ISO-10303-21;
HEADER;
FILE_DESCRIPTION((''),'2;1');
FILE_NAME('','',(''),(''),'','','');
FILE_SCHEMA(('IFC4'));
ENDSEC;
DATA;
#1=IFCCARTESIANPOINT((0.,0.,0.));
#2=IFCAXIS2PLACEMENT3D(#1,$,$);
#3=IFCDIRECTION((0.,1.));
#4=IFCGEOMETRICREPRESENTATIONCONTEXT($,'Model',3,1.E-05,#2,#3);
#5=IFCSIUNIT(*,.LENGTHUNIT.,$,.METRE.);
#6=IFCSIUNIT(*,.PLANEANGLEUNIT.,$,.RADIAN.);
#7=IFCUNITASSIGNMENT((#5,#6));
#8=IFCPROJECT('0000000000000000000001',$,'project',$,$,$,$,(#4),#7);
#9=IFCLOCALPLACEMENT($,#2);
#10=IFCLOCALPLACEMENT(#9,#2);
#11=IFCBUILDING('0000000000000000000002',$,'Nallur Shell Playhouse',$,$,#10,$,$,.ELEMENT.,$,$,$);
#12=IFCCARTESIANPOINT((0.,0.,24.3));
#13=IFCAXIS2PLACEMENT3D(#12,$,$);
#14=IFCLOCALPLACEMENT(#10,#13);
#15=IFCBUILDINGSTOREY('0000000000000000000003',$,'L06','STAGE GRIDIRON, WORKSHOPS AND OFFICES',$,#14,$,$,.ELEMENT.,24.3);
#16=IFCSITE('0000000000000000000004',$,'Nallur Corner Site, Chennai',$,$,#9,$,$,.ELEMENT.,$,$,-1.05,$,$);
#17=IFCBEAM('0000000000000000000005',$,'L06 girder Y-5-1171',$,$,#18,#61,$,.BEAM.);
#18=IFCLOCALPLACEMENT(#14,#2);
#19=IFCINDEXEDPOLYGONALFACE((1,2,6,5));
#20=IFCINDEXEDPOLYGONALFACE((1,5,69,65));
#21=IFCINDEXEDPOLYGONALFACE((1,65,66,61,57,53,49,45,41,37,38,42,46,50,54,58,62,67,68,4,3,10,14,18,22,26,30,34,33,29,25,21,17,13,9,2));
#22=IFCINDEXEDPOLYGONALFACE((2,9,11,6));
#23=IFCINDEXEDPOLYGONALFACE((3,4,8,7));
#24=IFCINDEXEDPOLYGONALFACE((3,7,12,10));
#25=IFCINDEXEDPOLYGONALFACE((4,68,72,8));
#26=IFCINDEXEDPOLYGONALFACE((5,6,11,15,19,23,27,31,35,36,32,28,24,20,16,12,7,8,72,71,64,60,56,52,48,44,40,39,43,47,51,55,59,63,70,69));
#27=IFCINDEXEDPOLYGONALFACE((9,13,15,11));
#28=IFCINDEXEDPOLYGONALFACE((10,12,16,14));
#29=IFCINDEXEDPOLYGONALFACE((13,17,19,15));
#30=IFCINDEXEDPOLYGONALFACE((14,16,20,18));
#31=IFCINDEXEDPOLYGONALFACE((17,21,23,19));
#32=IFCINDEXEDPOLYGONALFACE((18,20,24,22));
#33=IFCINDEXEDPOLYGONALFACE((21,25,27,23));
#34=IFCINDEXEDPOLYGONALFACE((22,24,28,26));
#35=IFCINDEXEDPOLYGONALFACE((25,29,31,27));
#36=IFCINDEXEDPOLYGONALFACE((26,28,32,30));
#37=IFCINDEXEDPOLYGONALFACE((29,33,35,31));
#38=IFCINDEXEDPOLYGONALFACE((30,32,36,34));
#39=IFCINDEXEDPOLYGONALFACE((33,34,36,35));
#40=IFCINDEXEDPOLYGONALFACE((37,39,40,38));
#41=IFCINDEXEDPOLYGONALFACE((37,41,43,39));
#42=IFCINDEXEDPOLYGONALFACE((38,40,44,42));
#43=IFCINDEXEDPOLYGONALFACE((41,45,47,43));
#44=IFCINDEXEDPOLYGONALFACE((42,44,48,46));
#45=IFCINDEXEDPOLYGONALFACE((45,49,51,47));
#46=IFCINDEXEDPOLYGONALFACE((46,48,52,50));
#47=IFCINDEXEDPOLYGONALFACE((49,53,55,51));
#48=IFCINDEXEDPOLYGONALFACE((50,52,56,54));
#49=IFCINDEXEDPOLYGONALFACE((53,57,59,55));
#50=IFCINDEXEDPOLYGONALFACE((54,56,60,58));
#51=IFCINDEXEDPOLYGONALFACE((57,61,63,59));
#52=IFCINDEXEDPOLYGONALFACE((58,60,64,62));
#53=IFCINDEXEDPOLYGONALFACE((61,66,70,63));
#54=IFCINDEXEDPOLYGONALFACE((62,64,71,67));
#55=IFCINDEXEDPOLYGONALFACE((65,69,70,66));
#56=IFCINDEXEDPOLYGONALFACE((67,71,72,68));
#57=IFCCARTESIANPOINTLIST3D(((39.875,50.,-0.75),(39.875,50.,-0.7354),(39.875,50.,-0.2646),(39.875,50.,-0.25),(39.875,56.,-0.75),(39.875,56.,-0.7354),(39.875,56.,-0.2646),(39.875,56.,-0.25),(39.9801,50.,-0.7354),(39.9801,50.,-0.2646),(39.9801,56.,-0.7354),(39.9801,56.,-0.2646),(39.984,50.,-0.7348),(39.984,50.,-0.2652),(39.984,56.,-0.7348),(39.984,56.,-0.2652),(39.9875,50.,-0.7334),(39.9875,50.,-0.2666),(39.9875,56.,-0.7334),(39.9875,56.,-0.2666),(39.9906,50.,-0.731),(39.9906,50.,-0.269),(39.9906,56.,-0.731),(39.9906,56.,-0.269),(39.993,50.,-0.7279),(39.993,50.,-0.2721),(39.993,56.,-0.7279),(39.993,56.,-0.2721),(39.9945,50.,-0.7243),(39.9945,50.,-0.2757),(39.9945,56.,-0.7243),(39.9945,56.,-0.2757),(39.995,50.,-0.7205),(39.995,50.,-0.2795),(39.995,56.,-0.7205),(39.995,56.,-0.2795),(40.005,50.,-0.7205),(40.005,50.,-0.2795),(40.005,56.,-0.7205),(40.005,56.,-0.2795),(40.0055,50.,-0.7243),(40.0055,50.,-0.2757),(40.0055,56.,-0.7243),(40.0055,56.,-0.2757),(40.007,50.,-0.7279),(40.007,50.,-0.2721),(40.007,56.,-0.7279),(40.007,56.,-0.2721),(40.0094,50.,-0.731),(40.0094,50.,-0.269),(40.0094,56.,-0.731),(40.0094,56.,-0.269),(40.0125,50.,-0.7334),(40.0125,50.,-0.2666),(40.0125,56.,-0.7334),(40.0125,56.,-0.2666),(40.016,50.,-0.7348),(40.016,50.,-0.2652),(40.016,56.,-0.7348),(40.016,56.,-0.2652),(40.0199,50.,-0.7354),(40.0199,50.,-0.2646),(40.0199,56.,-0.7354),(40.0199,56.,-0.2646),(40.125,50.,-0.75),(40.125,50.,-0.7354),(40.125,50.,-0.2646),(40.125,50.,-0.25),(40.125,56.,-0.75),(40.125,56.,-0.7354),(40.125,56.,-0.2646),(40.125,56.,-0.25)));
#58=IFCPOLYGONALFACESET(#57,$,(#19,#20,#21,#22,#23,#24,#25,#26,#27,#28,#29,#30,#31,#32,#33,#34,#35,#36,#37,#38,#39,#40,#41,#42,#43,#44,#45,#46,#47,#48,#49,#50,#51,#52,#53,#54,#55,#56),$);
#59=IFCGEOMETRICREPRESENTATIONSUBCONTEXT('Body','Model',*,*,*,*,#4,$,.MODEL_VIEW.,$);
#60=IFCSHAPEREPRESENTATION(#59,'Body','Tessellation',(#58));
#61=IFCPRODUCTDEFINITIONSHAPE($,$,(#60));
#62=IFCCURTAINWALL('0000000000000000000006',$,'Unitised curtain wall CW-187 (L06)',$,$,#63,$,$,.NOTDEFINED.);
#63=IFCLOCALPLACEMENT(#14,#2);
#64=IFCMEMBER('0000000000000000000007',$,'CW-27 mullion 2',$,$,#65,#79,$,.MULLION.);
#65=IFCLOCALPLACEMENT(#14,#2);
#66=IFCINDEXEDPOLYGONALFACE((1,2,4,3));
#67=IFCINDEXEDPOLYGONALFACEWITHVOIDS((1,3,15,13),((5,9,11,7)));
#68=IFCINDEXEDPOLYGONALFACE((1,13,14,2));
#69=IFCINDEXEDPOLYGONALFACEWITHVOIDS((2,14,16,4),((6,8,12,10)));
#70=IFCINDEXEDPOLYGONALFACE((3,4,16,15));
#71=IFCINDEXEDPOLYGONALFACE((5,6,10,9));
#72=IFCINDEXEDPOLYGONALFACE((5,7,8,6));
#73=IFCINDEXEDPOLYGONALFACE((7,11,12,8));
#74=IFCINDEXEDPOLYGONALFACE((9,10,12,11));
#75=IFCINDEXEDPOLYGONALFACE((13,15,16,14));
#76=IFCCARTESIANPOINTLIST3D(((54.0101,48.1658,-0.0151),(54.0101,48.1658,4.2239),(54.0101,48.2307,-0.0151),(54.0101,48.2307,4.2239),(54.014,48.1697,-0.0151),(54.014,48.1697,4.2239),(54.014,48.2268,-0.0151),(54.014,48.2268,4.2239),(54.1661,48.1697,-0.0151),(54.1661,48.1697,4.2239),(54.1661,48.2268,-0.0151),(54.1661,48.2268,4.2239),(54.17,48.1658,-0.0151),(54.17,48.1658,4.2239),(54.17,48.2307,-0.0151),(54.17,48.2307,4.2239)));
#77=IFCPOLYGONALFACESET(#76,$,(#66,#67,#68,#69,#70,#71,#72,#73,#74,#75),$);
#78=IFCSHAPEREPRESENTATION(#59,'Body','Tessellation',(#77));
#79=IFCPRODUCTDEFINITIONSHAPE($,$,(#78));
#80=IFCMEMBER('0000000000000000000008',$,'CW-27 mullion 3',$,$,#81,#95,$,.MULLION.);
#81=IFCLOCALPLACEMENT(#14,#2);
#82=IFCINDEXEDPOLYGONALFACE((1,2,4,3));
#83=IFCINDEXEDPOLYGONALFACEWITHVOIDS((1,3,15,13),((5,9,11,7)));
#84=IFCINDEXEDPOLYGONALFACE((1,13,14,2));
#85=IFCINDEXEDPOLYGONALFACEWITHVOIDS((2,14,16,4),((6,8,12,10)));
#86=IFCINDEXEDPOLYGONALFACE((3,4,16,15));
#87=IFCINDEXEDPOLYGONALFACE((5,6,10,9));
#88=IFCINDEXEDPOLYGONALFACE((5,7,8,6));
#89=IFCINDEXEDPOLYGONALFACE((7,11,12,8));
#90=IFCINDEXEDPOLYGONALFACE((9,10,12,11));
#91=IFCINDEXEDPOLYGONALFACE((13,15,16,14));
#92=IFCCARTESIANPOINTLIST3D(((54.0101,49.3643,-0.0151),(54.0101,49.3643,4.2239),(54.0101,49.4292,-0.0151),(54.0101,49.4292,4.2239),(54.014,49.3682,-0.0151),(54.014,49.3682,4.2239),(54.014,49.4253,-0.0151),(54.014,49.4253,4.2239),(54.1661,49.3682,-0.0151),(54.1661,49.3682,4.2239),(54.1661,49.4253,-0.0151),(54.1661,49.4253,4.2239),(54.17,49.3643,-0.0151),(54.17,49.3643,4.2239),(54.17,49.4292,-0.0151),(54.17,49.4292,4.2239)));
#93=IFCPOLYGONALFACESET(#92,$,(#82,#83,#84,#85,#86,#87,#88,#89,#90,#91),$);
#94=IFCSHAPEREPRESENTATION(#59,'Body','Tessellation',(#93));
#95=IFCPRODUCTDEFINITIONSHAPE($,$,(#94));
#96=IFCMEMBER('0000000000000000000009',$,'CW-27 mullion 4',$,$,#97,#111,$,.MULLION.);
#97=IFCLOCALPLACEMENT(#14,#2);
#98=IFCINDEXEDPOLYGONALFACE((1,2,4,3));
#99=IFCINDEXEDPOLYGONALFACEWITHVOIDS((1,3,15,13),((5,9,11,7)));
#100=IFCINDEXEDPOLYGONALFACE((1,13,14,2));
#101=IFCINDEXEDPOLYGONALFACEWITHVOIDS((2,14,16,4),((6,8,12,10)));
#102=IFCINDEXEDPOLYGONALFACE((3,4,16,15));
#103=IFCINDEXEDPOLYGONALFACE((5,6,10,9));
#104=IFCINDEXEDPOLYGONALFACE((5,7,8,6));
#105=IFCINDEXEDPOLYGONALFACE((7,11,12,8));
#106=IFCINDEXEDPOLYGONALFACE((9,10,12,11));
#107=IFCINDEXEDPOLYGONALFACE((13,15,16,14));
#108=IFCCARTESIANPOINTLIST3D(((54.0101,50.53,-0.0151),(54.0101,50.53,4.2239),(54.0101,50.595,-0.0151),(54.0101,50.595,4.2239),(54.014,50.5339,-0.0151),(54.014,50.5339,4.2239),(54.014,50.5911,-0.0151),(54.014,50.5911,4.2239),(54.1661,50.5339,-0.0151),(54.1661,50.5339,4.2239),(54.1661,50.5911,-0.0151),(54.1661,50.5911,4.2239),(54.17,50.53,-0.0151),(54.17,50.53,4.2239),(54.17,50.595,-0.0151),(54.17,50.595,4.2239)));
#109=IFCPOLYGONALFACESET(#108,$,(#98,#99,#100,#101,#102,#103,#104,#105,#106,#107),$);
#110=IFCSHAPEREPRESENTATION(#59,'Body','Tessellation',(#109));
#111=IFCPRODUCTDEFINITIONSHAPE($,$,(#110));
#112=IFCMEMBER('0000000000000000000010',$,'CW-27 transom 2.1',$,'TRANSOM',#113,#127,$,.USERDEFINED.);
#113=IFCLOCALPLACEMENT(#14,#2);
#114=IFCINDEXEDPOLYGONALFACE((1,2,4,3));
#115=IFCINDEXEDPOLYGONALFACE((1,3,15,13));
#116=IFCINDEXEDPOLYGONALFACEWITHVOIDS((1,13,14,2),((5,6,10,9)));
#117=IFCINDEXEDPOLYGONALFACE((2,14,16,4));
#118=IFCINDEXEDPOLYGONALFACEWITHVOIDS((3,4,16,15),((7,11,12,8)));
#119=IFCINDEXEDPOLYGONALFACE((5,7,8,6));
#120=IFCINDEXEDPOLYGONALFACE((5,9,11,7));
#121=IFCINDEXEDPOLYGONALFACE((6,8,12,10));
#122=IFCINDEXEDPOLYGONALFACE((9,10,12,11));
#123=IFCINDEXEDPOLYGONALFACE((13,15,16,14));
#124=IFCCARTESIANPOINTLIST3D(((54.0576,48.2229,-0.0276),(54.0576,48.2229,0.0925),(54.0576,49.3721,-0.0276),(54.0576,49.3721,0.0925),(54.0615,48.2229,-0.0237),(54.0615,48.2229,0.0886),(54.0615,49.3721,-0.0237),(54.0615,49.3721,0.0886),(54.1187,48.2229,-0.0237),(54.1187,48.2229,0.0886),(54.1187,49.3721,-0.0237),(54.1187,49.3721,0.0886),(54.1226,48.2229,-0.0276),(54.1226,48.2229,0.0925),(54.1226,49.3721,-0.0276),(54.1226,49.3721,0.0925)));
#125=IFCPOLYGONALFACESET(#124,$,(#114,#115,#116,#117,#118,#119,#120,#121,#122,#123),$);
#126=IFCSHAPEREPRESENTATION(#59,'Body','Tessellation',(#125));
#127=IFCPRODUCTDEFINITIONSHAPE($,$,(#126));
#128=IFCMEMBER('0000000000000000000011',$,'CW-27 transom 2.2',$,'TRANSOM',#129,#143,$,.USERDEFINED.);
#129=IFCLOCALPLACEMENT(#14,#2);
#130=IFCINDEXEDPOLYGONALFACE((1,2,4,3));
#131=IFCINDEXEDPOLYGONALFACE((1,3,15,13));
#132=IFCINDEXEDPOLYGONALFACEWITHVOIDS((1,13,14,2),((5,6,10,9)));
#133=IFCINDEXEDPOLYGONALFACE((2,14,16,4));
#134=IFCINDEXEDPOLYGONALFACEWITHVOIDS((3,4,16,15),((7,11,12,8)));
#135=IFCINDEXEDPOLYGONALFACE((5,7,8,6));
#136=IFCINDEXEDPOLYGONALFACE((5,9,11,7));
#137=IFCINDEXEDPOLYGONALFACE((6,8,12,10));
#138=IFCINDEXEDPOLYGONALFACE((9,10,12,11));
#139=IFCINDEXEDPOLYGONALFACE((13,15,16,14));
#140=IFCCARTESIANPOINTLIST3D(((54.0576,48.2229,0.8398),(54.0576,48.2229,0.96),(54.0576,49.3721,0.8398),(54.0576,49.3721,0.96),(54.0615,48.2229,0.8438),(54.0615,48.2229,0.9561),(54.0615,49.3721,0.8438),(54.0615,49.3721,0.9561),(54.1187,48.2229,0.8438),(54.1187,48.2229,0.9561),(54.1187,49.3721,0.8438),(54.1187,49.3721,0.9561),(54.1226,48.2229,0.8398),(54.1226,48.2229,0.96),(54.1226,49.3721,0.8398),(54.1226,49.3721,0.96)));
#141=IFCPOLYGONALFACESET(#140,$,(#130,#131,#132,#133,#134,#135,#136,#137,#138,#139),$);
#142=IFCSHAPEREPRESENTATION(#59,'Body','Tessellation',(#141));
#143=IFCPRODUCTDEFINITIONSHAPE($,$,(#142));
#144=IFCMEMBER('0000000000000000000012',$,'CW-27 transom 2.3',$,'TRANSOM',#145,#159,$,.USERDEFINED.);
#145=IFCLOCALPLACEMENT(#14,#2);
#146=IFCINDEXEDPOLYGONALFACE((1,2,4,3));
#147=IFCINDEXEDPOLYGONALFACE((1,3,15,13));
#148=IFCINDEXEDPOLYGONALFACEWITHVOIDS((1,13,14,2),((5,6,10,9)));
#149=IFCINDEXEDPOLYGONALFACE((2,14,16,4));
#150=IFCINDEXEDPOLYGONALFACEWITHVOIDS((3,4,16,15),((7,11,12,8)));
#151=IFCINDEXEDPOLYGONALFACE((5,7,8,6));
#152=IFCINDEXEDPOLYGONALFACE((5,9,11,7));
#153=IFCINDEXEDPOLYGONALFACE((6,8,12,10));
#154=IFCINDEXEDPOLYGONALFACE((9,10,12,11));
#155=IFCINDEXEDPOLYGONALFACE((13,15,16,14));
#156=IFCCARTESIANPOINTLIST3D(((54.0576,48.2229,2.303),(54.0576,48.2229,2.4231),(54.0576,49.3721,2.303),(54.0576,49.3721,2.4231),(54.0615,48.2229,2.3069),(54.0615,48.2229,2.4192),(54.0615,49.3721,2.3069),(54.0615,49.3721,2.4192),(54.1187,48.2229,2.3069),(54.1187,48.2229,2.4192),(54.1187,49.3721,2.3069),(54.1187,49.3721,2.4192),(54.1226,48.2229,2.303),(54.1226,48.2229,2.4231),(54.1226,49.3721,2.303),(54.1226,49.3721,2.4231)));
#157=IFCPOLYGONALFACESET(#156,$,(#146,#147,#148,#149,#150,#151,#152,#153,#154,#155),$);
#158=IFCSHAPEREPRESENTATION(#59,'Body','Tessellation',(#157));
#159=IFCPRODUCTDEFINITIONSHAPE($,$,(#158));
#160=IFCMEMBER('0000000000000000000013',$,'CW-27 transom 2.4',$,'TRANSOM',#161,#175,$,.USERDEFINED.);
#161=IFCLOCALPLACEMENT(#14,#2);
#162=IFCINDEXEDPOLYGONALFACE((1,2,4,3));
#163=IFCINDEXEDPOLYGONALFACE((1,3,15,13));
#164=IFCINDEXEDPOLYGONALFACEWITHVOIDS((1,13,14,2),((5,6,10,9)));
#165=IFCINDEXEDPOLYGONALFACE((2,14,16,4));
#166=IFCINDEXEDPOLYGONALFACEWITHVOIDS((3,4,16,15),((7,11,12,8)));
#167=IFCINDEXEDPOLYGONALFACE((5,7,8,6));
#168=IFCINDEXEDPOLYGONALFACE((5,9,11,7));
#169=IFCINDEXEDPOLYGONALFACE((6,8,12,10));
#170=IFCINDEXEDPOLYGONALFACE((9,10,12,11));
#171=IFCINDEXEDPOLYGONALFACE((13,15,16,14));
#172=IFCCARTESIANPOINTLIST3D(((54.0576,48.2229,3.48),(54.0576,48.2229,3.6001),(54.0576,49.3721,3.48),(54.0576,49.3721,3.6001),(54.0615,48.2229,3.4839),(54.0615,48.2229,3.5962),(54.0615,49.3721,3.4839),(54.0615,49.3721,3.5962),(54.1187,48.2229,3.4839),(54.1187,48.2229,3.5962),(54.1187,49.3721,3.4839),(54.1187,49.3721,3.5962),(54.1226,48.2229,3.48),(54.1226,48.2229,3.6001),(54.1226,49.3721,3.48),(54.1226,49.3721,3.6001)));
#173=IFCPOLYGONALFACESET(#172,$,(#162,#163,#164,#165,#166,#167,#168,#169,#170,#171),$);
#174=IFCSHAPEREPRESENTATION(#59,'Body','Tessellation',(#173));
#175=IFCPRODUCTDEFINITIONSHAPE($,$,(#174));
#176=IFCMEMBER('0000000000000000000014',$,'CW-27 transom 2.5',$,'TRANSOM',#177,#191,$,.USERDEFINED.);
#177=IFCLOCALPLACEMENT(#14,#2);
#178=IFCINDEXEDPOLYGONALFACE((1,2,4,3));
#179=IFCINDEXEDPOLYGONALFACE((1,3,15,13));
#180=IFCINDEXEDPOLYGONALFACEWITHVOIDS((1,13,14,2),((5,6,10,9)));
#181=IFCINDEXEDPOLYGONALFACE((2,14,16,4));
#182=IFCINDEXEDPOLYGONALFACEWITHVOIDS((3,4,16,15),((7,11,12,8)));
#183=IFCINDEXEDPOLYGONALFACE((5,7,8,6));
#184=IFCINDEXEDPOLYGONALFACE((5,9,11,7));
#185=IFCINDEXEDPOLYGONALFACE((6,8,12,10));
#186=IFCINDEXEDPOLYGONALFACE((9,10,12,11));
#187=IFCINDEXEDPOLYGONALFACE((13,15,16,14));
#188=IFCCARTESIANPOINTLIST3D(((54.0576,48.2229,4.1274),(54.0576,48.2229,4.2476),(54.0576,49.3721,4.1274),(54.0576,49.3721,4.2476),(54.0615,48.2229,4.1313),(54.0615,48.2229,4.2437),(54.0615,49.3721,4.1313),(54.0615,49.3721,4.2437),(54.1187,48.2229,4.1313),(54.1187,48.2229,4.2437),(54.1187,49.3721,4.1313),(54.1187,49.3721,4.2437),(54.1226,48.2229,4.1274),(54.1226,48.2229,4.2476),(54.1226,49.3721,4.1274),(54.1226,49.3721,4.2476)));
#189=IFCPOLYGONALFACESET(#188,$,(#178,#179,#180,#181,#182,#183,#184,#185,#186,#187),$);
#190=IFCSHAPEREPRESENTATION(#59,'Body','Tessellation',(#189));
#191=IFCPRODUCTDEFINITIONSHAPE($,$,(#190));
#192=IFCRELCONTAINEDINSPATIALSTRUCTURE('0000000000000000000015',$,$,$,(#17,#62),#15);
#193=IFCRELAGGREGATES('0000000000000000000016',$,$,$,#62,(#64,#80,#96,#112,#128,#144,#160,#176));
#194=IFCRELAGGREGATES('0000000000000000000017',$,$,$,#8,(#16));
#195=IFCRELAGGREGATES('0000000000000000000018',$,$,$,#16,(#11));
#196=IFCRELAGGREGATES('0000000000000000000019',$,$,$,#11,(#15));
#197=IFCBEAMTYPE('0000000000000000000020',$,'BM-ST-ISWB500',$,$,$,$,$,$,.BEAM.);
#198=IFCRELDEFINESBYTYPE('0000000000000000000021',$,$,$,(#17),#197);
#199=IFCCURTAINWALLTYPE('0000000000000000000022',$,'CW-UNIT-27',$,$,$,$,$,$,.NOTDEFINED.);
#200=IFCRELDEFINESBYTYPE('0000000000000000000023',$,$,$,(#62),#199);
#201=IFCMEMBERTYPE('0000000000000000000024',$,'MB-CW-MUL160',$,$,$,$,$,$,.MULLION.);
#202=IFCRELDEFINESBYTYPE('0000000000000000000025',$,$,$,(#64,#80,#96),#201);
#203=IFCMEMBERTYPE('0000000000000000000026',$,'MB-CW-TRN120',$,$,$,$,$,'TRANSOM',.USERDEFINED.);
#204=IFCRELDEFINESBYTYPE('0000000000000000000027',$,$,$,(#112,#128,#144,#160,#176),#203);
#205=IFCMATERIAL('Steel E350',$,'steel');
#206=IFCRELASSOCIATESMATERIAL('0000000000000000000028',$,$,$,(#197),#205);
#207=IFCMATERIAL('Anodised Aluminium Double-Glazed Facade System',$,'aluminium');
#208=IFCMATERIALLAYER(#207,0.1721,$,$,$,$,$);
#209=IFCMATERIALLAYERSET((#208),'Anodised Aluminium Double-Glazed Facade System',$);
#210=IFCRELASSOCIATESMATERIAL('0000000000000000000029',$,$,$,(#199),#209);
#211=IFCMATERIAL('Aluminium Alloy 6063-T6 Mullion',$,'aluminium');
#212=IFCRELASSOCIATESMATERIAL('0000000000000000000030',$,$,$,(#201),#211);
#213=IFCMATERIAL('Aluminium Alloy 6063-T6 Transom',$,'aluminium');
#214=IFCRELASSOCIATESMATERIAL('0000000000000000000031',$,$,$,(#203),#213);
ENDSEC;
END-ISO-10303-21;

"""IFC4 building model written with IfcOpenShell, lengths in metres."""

from ifc_helpers import new_model, si_unit, direction, frame, origin, origin_2d, place, context, subcontext, project, spatial, hollow_rectangle, i_section, extrude, material, layer, layer_set, material_profile, profile_set, type_object, element, aggregate, save


model = new_model("IFC4")

# Units and contexts
model_context = context("Model", 3, precision=1e-05, world=origin(), true_north=direction((0.0, 1.0)))
body_context = subcontext(model_context, "Body", "Model", "MODEL_VIEW")
ifc_project = project(units=[si_unit("LENGTHUNIT", "METRE"), si_unit("PLANEANGLEUNIT", "RADIAN")], contexts=[model_context])

# Site, building, storey
site_placement = place(None, origin())
site = spatial("IfcSite", under=ifc_project, at=site_placement, Name="Nallur Corner Site, Chennai", CompositionType="ELEMENT", RefElevation=-1.05)
building_placement = place(site_placement, origin())
building = spatial("IfcBuilding", under=site, at=building_placement, Name="Nallur Shell Playhouse", CompositionType="ELEMENT")
storey_placement = place(building_placement, frame((0.0, 0.0, 24.3)))
storey = spatial("IfcBuildingStorey", under=building, at=storey_placement, Name="L06", Description="STAGE GRIDIRON, WORKSHOPS AND OFFICES", CompositionType="ELEMENT", Elevation=24.3)

# Beam
ifc_material_1 = material(Name="Steel E350", Category="steel")
ifc_material_profile_1 = material_profile(ifc_material_1, i_section(OverallWidth=0.25, OverallDepth=0.5, WebThickness=0.01, FlangeThickness=0.0146, FilletRadius=0.0149, at=origin_2d()), Name="ISWB 500")
ifc_profile_set_1 = profile_set([ifc_material_profile_1], Name="Steel E350")
beam_type = type_object("IfcBeamType", Name="BM-ST-ISWB500", PredefinedType="BEAM", material=ifc_profile_set_1)
beam_placement = place(storey_placement, frame((40.0, 50.0, -0.5), z_axis=(0.0, 1.0, 0.0), x_axis=(-1.0, 0.0, 0.0)))
element("IfcBeam", 1, at=beam_placement, inside=storey, type_object=beam_type, Name="L06 girder Y-5-1171", PredefinedType="BEAM", context=body_context, shape_type="SweptSolid", body=[
    extrude(i_section(OverallWidth=0.25, OverallDepth=0.5, WebThickness=0.01, FlangeThickness=0.0146, FilletRadius=0.0149, at=origin_2d()), origin(), (0.0, 0.0, 1.0), 6.0),
])

# Curtain wall, members
ifc_material_2 = material(Name="Anodised Aluminium Double-Glazed Facade System", Category="aluminium")
ifc_layer_1 = layer(ifc_material_2, 0.1721)
ifc_layer_set_1 = layer_set([ifc_layer_1], Name="Anodised Aluminium Double-Glazed Facade System")
curtain_wall_type = type_object("IfcCurtainWallType", Name="CW-UNIT-27", PredefinedType="NOTDEFINED", material=ifc_layer_set_1)
curtain_wall_placement = place(storey_placement, origin())
curtain_wall = element("IfcCurtainWall", 2, at=curtain_wall_placement, inside=storey, type_object=curtain_wall_type, Name="Unitised curtain wall CW-187 (L06)", PredefinedType="NOTDEFINED")
ifc_material_3 = material(Name="Aluminium Alloy 6063-T6 Mullion", Category="aluminium")
ifc_material_profile_2 = material_profile(ifc_material_3, hollow_rectangle(XDim=0.0649, YDim=0.1599, WallThickness=0.0039, at=origin_2d()), Name="ALU 65x160x4")
ifc_profile_set_2 = profile_set([ifc_material_profile_2], Name="Aluminium Alloy 6063-T6 Mullion")
member_type_1 = type_object("IfcMemberType", Name="MB-CW-MUL160", PredefinedType="MULLION", material=ifc_profile_set_2)
member_1_placement = place(storey_placement, frame((54.0901, 48.1982, -0.0151), z_axis=(0.0, 0.0, 1.0), x_axis=(0.0, 1.0, 0.0)))
member_1 = element("IfcMember", 3, at=member_1_placement, type_object=member_type_1, Name="CW-27 mullion 2", PredefinedType="MULLION", context=body_context, shape_type="SweptSolid", body=[
    extrude(hollow_rectangle(XDim=0.0649, YDim=0.1599, WallThickness=0.0039, at=origin_2d()), origin(), (0.0, 0.0, 1.0), 4.239),
])
member_2_placement = place(storey_placement, frame((54.0901, 49.3967, -0.0151), z_axis=(0.0, 0.0, 1.0), x_axis=(0.0, 1.0, 0.0)))
member_2 = element("IfcMember", 4, at=member_2_placement, type_object=member_type_1, Name="CW-27 mullion 3", PredefinedType="MULLION", context=body_context, shape_type="SweptSolid", body=[
    extrude(hollow_rectangle(XDim=0.0649, YDim=0.1599, WallThickness=0.0039, at=origin_2d()), origin(), (0.0, 0.0, 1.0), 4.239),
])
member_3_placement = place(storey_placement, frame((54.0901, 50.5625, -0.0151), z_axis=(0.0, 0.0, 1.0), x_axis=(0.0, 1.0, 0.0)))
member_3 = element("IfcMember", 5, at=member_3_placement, type_object=member_type_1, Name="CW-27 mullion 4", PredefinedType="MULLION", context=body_context, shape_type="SweptSolid", body=[
    extrude(hollow_rectangle(XDim=0.0649, YDim=0.1599, WallThickness=0.0039, at=origin_2d()), origin(), (0.0, 0.0, 1.0), 4.239),
])
ifc_material_4 = material(Name="Aluminium Alloy 6063-T6 Transom", Category="aluminium")
ifc_material_profile_3 = material_profile(ifc_material_4, hollow_rectangle(XDim=0.0649, YDim=0.1201, WallThickness=0.0039, at=origin_2d()), Name="ALU 65x120x4")
ifc_profile_set_3 = profile_set([ifc_material_profile_3], Name="Aluminium Alloy 6063-T6 Transom")
member_type_2 = type_object("IfcMemberType", Name="MB-CW-TRN120", ElementType="TRANSOM", PredefinedType="USERDEFINED", material=ifc_profile_set_3)
member_4_placement = place(storey_placement, frame((54.0901, 48.2229, 0.0325), z_axis=(0.0, 1.0, 0.0), x_axis=(-1.0, 0.0, 0.0)))
member_4 = element("IfcMember", 6, at=member_4_placement, type_object=member_type_2, Name="CW-27 transom 2.1", ObjectType="TRANSOM", PredefinedType="USERDEFINED", context=body_context, shape_type="SweptSolid", body=[
    extrude(hollow_rectangle(XDim=0.0649, YDim=0.1201, WallThickness=0.0039, at=origin_2d()), origin(), (0.0, 0.0, 1.0), 1.1492),
])
member_5_placement = place(storey_placement, frame((54.0901, 48.2229, 0.8999), z_axis=(0.0, 1.0, 0.0), x_axis=(-1.0, 0.0, 0.0)))
member_5 = element("IfcMember", 7, at=member_5_placement, type_object=member_type_2, Name="CW-27 transom 2.2", ObjectType="TRANSOM", PredefinedType="USERDEFINED", context=body_context, shape_type="SweptSolid", body=[
    extrude(hollow_rectangle(XDim=0.0649, YDim=0.1201, WallThickness=0.0039, at=origin_2d()), origin(), (0.0, 0.0, 1.0), 1.1492),
])
member_6_placement = place(storey_placement, frame((54.0901, 48.2229, 2.363), z_axis=(0.0, 1.0, 0.0), x_axis=(-1.0, 0.0, 0.0)))
member_6 = element("IfcMember", 8, at=member_6_placement, type_object=member_type_2, Name="CW-27 transom 2.3", ObjectType="TRANSOM", PredefinedType="USERDEFINED", context=body_context, shape_type="SweptSolid", body=[
    extrude(hollow_rectangle(XDim=0.0649, YDim=0.1201, WallThickness=0.0039, at=origin_2d()), origin(), (0.0, 0.0, 1.0), 1.1492),
])
member_7_placement = place(storey_placement, frame((54.0901, 48.2229, 3.54), z_axis=(0.0, 1.0, 0.0), x_axis=(-1.0, 0.0, 0.0)))
member_7 = element("IfcMember", 9, at=member_7_placement, type_object=member_type_2, Name="CW-27 transom 2.4", ObjectType="TRANSOM", PredefinedType="USERDEFINED", context=body_context, shape_type="SweptSolid", body=[
    extrude(hollow_rectangle(XDim=0.0649, YDim=0.1201, WallThickness=0.0039, at=origin_2d()), origin(), (0.0, 0.0, 1.0), 1.1492),
])
member_8_placement = place(storey_placement, frame((54.0901, 48.2229, 4.1875), z_axis=(0.0, 1.0, 0.0), x_axis=(-1.0, 0.0, 0.0)))
member_8 = element("IfcMember", 10, at=member_8_placement, type_object=member_type_2, Name="CW-27 transom 2.5", ObjectType="TRANSOM", PredefinedType="USERDEFINED", context=body_context, shape_type="SweptSolid", body=[
    extrude(hollow_rectangle(XDim=0.0649, YDim=0.1201, WallThickness=0.0039, at=origin_2d()), origin(), (0.0, 0.0, 1.0), 1.1492),
])

aggregate(curtain_wall, [member_1, member_2, member_3, member_4, member_5, member_6, member_7, member_8])

save(model, "model.ifc")
